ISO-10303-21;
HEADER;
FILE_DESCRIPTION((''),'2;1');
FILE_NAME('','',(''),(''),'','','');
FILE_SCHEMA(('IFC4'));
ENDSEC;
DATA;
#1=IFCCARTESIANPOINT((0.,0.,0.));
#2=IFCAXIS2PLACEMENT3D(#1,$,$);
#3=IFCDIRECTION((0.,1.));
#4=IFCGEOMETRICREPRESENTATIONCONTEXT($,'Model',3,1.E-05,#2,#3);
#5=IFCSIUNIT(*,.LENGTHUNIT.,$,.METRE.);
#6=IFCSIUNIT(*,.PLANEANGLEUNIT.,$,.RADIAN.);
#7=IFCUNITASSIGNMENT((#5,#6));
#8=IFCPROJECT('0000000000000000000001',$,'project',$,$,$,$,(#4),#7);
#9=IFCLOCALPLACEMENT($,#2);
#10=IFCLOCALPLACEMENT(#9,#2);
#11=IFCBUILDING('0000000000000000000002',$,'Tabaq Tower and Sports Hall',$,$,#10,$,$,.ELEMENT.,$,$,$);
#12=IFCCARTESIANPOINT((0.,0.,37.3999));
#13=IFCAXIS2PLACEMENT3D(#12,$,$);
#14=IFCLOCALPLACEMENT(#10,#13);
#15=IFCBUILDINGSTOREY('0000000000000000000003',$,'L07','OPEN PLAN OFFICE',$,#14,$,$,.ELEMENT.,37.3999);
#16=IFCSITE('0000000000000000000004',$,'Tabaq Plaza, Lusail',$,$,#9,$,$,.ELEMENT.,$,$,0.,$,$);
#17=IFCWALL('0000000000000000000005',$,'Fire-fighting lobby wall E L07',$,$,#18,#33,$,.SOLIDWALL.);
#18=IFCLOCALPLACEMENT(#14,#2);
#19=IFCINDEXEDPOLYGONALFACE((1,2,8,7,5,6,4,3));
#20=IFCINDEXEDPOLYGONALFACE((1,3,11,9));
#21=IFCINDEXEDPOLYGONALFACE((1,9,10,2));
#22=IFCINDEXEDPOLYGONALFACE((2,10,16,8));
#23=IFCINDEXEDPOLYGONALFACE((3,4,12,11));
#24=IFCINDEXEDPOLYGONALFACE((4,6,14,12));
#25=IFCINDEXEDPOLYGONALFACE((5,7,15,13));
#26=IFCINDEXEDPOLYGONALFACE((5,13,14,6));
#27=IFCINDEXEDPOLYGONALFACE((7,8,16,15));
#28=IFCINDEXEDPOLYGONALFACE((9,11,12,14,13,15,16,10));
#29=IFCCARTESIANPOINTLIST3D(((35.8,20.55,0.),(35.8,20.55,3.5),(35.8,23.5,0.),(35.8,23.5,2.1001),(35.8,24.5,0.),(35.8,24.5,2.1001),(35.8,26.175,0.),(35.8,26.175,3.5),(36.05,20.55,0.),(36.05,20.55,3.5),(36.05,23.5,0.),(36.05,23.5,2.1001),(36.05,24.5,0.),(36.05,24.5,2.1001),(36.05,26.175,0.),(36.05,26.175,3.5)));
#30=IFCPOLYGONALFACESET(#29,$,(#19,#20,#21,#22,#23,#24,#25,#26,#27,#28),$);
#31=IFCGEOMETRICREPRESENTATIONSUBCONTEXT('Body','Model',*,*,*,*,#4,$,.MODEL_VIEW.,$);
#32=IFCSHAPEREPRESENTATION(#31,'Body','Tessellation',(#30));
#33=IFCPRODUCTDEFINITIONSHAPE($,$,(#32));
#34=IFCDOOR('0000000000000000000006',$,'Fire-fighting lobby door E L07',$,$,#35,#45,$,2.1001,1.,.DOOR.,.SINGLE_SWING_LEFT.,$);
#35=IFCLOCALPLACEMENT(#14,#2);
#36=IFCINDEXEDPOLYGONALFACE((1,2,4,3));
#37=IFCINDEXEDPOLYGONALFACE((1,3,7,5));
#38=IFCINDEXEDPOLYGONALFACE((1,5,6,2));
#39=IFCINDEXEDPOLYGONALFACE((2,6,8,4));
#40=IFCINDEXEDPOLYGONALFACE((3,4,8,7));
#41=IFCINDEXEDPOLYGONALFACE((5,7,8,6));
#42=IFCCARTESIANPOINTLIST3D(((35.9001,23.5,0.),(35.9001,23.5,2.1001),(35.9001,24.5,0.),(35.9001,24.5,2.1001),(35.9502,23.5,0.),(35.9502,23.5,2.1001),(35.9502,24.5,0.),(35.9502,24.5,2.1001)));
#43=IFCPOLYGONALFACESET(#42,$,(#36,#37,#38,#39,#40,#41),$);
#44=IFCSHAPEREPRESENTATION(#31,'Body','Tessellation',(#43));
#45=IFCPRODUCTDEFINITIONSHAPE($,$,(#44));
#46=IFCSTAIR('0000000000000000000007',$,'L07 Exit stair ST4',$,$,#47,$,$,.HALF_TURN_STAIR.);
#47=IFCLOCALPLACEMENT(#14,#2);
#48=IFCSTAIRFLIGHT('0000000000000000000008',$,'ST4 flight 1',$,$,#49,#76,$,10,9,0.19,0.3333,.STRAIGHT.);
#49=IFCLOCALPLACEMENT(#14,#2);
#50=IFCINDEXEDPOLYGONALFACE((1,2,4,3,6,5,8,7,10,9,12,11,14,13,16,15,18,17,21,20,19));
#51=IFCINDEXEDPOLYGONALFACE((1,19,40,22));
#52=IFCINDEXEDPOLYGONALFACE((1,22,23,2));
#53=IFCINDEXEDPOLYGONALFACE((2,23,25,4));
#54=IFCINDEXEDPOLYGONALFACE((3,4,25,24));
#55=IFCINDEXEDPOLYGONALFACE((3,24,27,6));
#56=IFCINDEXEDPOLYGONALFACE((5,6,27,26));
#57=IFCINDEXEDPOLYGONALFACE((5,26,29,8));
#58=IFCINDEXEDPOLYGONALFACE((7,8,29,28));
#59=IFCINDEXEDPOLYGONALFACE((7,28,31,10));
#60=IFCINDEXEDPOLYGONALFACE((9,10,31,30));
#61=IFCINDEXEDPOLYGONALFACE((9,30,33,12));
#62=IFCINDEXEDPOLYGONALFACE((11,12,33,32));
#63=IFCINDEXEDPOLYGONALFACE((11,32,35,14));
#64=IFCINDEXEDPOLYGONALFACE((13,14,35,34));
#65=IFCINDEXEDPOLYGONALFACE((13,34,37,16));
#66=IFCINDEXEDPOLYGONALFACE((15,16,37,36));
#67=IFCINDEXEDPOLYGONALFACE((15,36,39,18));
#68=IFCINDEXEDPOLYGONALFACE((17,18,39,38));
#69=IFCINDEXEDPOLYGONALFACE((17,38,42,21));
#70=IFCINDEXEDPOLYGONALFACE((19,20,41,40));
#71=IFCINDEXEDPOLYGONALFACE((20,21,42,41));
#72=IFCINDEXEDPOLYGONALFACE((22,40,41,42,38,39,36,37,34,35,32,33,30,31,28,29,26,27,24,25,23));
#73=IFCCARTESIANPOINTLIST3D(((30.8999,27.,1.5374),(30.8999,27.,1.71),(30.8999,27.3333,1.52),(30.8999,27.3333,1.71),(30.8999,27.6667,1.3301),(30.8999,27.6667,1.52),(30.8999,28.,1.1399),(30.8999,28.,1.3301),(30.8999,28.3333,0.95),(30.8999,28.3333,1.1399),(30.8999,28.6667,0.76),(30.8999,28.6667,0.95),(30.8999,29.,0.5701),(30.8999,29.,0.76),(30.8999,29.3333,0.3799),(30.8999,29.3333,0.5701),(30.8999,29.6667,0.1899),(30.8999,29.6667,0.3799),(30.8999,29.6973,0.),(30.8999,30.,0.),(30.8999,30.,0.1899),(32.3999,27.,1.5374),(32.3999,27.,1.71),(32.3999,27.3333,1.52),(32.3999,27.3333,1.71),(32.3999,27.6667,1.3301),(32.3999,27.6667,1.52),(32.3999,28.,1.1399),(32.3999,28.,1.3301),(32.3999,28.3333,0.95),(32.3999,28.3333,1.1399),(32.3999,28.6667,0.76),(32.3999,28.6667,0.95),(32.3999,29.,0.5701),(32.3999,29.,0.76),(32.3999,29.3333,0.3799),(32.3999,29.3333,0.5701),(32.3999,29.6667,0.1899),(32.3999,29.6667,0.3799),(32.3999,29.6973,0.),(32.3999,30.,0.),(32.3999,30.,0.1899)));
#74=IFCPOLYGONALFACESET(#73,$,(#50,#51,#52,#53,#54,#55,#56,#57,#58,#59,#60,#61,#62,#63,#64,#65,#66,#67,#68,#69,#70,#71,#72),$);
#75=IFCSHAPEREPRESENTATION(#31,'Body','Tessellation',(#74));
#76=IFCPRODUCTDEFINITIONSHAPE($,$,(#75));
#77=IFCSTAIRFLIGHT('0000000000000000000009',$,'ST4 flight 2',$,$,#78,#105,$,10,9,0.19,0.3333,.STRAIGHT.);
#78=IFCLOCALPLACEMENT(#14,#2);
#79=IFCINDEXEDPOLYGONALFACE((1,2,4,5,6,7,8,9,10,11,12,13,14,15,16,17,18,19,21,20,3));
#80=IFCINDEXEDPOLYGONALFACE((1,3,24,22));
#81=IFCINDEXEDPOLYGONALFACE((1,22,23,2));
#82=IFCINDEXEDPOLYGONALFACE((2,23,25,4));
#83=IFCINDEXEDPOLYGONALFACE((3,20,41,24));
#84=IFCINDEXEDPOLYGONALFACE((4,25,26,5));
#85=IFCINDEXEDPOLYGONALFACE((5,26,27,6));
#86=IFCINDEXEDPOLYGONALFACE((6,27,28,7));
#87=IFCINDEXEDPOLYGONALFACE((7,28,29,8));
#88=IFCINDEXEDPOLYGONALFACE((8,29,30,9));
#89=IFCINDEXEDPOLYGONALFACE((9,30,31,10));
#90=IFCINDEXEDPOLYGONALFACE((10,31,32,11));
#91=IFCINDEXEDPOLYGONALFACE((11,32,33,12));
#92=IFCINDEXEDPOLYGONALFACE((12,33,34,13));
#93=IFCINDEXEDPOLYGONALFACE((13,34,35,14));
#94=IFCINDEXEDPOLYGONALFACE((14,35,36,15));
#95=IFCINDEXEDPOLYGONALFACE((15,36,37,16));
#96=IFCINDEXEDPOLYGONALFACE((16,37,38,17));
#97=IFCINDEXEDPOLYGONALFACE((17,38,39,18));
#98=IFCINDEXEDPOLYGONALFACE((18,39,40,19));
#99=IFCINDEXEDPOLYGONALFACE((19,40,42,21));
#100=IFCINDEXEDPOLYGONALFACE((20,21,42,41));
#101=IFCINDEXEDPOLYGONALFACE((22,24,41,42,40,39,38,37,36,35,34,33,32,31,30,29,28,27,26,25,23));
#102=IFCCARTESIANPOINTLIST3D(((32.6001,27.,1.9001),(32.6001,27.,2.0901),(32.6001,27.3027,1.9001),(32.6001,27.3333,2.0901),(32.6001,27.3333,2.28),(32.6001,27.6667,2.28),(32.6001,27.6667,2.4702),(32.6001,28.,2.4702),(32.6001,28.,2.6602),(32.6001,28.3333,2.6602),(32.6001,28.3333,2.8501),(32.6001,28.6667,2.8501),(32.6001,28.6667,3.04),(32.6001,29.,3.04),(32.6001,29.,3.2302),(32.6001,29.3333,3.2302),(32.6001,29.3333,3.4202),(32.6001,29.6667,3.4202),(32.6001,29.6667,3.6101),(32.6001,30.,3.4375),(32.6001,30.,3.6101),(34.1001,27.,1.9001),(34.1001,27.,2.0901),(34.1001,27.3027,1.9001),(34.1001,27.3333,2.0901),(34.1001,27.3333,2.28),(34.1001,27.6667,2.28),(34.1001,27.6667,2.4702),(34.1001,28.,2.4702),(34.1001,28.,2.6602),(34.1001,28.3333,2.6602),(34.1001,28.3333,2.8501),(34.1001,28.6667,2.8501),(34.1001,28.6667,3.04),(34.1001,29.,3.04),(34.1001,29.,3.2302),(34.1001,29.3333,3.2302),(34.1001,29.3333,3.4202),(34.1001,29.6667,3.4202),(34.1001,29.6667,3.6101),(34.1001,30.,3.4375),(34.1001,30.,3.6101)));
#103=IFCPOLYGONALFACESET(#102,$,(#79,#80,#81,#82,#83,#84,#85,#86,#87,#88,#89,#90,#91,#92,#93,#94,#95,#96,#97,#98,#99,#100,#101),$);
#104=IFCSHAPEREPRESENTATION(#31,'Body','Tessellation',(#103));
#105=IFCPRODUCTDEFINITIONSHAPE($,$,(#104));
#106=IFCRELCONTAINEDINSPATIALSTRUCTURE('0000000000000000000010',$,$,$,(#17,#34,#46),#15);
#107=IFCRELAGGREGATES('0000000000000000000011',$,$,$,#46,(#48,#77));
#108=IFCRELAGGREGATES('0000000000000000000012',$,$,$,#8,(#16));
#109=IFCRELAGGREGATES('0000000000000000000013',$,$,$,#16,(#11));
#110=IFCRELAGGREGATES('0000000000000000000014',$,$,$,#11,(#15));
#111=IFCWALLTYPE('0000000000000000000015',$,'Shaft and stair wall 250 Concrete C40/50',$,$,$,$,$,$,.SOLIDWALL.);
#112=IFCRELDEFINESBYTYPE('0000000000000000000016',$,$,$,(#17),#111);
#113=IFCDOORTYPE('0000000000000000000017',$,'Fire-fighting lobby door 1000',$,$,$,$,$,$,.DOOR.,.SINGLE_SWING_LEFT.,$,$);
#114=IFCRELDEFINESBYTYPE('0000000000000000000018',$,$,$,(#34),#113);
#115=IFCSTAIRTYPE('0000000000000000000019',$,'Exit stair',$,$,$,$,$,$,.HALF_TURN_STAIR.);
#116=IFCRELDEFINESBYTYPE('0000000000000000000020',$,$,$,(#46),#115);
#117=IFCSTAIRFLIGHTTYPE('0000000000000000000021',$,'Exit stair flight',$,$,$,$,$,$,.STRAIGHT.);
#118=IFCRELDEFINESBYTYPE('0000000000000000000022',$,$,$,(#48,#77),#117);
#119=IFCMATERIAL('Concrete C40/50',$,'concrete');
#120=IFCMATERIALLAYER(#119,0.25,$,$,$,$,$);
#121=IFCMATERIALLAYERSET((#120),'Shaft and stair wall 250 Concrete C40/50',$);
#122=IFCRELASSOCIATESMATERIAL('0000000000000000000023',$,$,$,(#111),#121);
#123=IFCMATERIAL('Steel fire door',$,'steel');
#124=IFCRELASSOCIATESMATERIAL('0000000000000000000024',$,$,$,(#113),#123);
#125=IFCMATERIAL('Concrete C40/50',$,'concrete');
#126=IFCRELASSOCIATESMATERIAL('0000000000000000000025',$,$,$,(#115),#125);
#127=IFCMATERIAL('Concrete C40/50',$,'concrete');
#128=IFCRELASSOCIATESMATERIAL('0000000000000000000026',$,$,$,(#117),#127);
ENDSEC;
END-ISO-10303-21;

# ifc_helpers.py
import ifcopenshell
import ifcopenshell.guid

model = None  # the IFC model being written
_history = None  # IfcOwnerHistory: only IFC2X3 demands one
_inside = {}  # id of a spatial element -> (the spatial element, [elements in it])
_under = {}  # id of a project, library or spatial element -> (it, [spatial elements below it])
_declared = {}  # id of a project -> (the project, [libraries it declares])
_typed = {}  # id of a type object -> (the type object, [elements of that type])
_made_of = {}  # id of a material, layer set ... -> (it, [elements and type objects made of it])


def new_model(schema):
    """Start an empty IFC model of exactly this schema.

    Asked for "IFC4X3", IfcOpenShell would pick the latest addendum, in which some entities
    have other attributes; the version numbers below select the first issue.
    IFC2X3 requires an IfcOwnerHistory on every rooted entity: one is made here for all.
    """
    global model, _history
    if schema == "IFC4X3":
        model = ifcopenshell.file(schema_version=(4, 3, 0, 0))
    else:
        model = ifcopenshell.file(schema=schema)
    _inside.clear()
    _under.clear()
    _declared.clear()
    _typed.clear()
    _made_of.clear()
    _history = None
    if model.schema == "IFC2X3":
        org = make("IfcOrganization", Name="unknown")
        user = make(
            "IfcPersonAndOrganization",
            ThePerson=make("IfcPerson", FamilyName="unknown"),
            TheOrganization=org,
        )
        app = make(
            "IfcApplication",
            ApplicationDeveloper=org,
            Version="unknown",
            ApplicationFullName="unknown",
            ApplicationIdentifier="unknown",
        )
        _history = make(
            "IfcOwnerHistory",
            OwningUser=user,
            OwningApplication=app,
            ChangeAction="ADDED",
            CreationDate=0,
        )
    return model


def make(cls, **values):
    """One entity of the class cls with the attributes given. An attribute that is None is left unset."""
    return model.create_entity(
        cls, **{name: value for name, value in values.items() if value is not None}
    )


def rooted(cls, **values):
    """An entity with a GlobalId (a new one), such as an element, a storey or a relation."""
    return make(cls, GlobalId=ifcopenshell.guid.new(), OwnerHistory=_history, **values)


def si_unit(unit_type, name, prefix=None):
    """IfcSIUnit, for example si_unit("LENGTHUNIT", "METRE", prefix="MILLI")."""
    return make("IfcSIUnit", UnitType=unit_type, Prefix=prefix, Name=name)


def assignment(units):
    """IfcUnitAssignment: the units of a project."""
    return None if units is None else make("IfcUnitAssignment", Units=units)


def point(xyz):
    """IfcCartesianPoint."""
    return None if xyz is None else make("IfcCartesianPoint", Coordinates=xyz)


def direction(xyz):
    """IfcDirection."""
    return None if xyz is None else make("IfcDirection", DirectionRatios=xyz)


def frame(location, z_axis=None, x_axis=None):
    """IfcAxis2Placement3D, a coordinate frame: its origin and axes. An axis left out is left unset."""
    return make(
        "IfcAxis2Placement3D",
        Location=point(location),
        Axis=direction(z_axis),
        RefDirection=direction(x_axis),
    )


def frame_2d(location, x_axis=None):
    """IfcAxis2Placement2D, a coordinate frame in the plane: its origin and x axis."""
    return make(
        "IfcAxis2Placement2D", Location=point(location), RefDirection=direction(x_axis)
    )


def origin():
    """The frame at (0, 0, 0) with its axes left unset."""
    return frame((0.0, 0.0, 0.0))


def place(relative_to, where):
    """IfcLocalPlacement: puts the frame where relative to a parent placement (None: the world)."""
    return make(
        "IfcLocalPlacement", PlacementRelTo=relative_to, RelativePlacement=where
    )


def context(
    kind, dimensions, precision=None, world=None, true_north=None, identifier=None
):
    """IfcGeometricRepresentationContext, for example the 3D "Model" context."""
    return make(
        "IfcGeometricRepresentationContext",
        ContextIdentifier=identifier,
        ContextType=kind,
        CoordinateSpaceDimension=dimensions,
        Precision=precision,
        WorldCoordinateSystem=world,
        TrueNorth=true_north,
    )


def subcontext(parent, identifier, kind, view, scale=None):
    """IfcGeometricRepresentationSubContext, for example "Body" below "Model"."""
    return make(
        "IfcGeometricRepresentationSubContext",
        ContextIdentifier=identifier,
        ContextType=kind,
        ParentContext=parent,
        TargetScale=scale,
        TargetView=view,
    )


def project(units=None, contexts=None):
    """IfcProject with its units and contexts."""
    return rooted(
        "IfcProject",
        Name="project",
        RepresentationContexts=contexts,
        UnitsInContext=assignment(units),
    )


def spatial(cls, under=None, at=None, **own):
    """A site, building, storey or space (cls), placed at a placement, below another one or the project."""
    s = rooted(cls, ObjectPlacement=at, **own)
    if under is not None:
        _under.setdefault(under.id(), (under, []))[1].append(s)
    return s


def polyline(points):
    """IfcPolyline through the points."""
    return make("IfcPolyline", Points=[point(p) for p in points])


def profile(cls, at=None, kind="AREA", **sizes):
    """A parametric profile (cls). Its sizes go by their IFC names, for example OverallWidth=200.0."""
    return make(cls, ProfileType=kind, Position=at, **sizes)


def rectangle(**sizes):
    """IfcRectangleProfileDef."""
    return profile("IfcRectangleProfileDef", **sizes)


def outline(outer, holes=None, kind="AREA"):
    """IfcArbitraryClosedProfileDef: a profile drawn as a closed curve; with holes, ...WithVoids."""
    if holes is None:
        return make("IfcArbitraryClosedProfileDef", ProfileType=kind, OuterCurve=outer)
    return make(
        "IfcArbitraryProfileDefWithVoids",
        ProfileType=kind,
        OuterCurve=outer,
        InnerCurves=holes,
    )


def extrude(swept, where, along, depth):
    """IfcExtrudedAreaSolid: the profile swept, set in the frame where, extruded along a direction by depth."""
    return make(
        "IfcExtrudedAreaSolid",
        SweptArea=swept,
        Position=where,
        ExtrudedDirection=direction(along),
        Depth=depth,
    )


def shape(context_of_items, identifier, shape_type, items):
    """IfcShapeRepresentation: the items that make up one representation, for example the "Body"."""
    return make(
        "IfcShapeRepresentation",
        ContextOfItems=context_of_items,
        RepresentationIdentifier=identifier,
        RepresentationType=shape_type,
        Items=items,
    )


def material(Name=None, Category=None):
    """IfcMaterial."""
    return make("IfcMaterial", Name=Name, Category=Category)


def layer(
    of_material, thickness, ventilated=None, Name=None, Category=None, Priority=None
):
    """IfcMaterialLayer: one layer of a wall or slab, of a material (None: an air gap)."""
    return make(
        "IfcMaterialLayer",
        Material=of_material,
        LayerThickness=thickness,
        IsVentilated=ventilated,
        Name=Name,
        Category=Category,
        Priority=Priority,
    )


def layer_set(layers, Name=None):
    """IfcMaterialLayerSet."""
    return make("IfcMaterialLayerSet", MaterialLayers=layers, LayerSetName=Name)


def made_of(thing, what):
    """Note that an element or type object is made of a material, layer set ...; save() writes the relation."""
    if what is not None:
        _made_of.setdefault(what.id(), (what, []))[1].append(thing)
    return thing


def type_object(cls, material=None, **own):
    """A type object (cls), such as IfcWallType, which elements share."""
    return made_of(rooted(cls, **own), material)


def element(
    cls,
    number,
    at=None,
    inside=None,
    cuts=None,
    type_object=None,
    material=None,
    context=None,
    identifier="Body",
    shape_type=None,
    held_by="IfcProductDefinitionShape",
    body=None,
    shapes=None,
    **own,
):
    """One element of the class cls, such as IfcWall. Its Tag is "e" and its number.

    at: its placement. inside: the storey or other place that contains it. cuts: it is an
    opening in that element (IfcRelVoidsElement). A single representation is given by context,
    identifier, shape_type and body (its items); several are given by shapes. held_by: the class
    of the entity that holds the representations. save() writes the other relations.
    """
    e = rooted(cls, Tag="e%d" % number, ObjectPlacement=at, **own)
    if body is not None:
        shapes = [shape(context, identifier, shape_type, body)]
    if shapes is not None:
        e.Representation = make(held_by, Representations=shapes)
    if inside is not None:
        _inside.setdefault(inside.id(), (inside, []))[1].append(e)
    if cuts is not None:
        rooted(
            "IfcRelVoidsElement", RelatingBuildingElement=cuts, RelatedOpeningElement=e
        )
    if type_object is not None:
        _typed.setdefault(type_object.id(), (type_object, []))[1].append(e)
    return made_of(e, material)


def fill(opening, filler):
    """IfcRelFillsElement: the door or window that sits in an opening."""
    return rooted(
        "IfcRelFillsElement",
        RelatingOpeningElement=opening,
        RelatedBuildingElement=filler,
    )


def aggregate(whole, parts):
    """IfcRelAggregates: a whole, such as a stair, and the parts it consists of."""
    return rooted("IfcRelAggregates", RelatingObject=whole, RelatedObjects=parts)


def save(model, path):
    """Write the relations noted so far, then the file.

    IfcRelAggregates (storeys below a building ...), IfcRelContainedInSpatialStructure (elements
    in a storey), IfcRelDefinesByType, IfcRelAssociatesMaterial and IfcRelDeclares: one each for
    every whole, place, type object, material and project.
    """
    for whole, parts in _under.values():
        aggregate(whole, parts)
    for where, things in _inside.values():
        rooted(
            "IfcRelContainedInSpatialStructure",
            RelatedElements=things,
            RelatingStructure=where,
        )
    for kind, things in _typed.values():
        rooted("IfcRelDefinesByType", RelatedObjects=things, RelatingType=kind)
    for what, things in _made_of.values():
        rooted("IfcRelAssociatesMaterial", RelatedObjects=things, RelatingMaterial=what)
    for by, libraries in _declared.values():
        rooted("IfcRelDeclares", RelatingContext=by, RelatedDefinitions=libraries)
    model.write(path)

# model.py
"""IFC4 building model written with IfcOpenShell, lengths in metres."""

from ifc_helpers import new_model, si_unit, direction, frame, frame_2d, origin, place, context, subcontext, project, spatial, polyline, rectangle, outline, extrude, material, layer, layer_set, type_object, element, fill, aggregate, save


model = new_model("IFC4")

# Units and contexts
model_context = context("Model", 3, precision=1e-05, world=origin(), true_north=direction((0.0, 1.0)))
body_context = subcontext(model_context, "Body", "Model", "MODEL_VIEW")
ifc_project = project(units=[si_unit("LENGTHUNIT", "METRE"), si_unit("PLANEANGLEUNIT", "RADIAN")], contexts=[model_context])

# Site, building, storey
site_placement = place(None, origin())
site = spatial("IfcSite", under=ifc_project, at=site_placement, Name="Tabaq Plaza, Lusail", CompositionType="ELEMENT", RefElevation=0.0)
building_placement = place(site_placement, origin())
building = spatial("IfcBuilding", under=site, at=building_placement, Name="Tabaq Tower and Sports Hall", CompositionType="ELEMENT")
storey_placement = place(building_placement, frame((0.0, 0.0, 37.3999)))
storey = spatial("IfcBuildingStorey", under=building, at=storey_placement, Name="L07", Description="OPEN PLAN OFFICE", CompositionType="ELEMENT", Elevation=37.3999)

# Shared definitions
ifc_material_1 = material(Name="Concrete C40/50", Category="concrete")
ifc_layer_1 = layer(ifc_material_1, 0.25)
ifc_layer_set_1 = layer_set([ifc_layer_1], Name="Shaft and stair wall 250 Concrete C40/50")
wall_type_1 = type_object("IfcWallType", Name="Shaft and stair wall 250 Concrete C40/50", PredefinedType="SOLIDWALL", material=ifc_layer_set_1)

# Shared definitions
ifc_material_2 = material(Name="Steel fire door", Category="steel")
door_type_1 = type_object("IfcDoorType", Name="Fire-fighting lobby door 1000", OperationType="SINGLE_SWING_LEFT", PredefinedType="DOOR", material=ifc_material_2)

# Wall, opening, door
wall_1_placement = place(storey_placement, frame((35.925, 20.55, 0.0), z_axis=(0.0, 0.0, 1.0), x_axis=(0.0, 1.0, 0.0)))
wall_1 = element("IfcWall", 1, at=wall_1_placement, inside=storey, type_object=wall_type_1, Name="Fire-fighting lobby wall E L07", PredefinedType="SOLIDWALL", context=body_context, shape_type="SweptSolid", body=[
    extrude(rectangle(XDim=5.625, YDim=0.25, at=frame_2d((2.8125, 0.0))), origin(), (0.0, 0.0, 1.0), 3.5),
])
opening_1_placement = place(wall_1_placement, frame((2.95, 0.0, 0.0)))
opening_1 = element("IfcOpeningElement", 2, at=opening_1_placement, cuts=wall_1, PredefinedType="OPENING", context=body_context, shape_type="SweptSolid", body=[
    extrude(rectangle(XDim=1.0, YDim=2.1001, at=frame_2d((0.5, 1.05))), frame((0.0, 0.125, 0.0), z_axis=(0.0, -1.0, 0.0), x_axis=(1.0, 0.0, 0.0)), (0.0, 0.0, 1.0), 0.25),
])
door_1_placement = place(opening_1_placement, origin())
door_1 = element("IfcDoor", 3, at=door_1_placement, inside=storey, type_object=door_type_1, Name="Fire-fighting lobby door E L07", OperationType="SINGLE_SWING_LEFT", OverallHeight=2.1001, OverallWidth=1.0, PredefinedType="DOOR", context=body_context, shape_type="SweptSolid", body=[
    extrude(rectangle(XDim=1.0, YDim=2.1001, at=frame_2d((0.5, 1.05))), frame((0.0, 0.0249, 0.0), z_axis=(0.0, -1.0, 0.0), x_axis=(1.0, 0.0, 0.0)), (0.0, 0.0, 1.0), 0.05),
])
fill(opening_1, door_1)

# Stair, stair flights
ifc_material_3 = material(Name="Concrete C40/50", Category="concrete")
stair_type = type_object("IfcStairType", Name="Exit stair", PredefinedType="HALF_TURN_STAIR", material=ifc_material_3)
stair_placement = place(storey_placement, origin())
stair = element("IfcStair", 4, at=stair_placement, inside=storey, type_object=stair_type, Name="L07 Exit stair ST4", PredefinedType="HALF_TURN_STAIR")
ifc_material_4 = material(Name="Concrete C40/50", Category="concrete")
stair_flight_type = type_object("IfcStairFlightType", Name="Exit stair flight", PredefinedType="STRAIGHT", material=ifc_material_4)
stair_flight_1_placement = place(storey_placement, frame((31.6499, 30.0, 0.0), z_axis=(0.0, 0.0, 1.0), x_axis=(0.0, -1.0, 0.0)))
stair_flight_1 = element("IfcStairFlight", 5, at=stair_flight_1_placement, type_object=stair_flight_type, Name="ST4 flight 1", NumberOfRisers=10, NumberOfTreads=9, PredefinedType="STRAIGHT", RiserHeight=0.19, TreadLength=0.3333, context=body_context, shape_type="SweptSolid", body=[
    extrude(outline(polyline([(0.0, 0.0), (0.0, 0.1899), (0.3333, 0.1899), (0.3333, 0.3799), (0.6667, 0.3799), (0.6667, 0.5701), (1.0, 0.5701), (1.0, 0.76), (1.3333, 0.76), (1.3333, 0.95), (1.6667, 0.95), (1.6667, 1.1399), (2.0, 1.1399), (2.0, 1.3301), (2.3333, 1.3301), (2.3333, 1.52), (2.6667, 1.52), (2.6667, 1.71), (3.0, 1.71), (3.0, 1.8999), (3.0, 1.5374), (0.3027, 0.0), (0.0, 0.0)])), frame((0.0, 0.75, 0.0), z_axis=(0.0, -1.0, 0.0), x_axis=(1.0, 0.0, 0.0)), (0.0, 0.0, 1.0), 1.5),
])
stair_flight_2_placement = place(storey_placement, frame((33.3501, 27.0, 1.9001), z_axis=(0.0, 0.0, 1.0), x_axis=(0.0, 1.0, 0.0)))
stair_flight_2 = element("IfcStairFlight", 6, at=stair_flight_2_placement, type_object=stair_flight_type, Name="ST4 flight 2", NumberOfRisers=10, NumberOfTreads=9, PredefinedType="STRAIGHT", RiserHeight=0.19, TreadLength=0.3333, context=body_context, shape_type="SweptSolid", body=[
    extrude(outline(polyline([(0.0, 0.0), (0.0, 0.1899), (0.3333, 0.1899), (0.3333, 0.3799), (0.6667, 0.3799), (0.6667, 0.5701), (1.0, 0.5701), (1.0, 0.76), (1.3333, 0.76), (1.3333, 0.95), (1.6667, 0.95), (1.6667, 1.1399), (2.0, 1.1399), (2.0, 1.3301), (2.3333, 1.3301), (2.3333, 1.52), (2.6667, 1.52), (2.6667, 1.71), (3.0, 1.71), (3.0, 1.8999), (3.0, 1.5374), (0.3027, 0.0), (0.0, 0.0)])), frame((0.0, 0.75, 0.0), z_axis=(0.0, -1.0, 0.0), x_axis=(1.0, 0.0, 0.0)), (0.0, 0.0, 1.0), 1.5),
])
aggregate(stair, [stair_flight_1, stair_flight_2])

save(model, "model.ifc")
